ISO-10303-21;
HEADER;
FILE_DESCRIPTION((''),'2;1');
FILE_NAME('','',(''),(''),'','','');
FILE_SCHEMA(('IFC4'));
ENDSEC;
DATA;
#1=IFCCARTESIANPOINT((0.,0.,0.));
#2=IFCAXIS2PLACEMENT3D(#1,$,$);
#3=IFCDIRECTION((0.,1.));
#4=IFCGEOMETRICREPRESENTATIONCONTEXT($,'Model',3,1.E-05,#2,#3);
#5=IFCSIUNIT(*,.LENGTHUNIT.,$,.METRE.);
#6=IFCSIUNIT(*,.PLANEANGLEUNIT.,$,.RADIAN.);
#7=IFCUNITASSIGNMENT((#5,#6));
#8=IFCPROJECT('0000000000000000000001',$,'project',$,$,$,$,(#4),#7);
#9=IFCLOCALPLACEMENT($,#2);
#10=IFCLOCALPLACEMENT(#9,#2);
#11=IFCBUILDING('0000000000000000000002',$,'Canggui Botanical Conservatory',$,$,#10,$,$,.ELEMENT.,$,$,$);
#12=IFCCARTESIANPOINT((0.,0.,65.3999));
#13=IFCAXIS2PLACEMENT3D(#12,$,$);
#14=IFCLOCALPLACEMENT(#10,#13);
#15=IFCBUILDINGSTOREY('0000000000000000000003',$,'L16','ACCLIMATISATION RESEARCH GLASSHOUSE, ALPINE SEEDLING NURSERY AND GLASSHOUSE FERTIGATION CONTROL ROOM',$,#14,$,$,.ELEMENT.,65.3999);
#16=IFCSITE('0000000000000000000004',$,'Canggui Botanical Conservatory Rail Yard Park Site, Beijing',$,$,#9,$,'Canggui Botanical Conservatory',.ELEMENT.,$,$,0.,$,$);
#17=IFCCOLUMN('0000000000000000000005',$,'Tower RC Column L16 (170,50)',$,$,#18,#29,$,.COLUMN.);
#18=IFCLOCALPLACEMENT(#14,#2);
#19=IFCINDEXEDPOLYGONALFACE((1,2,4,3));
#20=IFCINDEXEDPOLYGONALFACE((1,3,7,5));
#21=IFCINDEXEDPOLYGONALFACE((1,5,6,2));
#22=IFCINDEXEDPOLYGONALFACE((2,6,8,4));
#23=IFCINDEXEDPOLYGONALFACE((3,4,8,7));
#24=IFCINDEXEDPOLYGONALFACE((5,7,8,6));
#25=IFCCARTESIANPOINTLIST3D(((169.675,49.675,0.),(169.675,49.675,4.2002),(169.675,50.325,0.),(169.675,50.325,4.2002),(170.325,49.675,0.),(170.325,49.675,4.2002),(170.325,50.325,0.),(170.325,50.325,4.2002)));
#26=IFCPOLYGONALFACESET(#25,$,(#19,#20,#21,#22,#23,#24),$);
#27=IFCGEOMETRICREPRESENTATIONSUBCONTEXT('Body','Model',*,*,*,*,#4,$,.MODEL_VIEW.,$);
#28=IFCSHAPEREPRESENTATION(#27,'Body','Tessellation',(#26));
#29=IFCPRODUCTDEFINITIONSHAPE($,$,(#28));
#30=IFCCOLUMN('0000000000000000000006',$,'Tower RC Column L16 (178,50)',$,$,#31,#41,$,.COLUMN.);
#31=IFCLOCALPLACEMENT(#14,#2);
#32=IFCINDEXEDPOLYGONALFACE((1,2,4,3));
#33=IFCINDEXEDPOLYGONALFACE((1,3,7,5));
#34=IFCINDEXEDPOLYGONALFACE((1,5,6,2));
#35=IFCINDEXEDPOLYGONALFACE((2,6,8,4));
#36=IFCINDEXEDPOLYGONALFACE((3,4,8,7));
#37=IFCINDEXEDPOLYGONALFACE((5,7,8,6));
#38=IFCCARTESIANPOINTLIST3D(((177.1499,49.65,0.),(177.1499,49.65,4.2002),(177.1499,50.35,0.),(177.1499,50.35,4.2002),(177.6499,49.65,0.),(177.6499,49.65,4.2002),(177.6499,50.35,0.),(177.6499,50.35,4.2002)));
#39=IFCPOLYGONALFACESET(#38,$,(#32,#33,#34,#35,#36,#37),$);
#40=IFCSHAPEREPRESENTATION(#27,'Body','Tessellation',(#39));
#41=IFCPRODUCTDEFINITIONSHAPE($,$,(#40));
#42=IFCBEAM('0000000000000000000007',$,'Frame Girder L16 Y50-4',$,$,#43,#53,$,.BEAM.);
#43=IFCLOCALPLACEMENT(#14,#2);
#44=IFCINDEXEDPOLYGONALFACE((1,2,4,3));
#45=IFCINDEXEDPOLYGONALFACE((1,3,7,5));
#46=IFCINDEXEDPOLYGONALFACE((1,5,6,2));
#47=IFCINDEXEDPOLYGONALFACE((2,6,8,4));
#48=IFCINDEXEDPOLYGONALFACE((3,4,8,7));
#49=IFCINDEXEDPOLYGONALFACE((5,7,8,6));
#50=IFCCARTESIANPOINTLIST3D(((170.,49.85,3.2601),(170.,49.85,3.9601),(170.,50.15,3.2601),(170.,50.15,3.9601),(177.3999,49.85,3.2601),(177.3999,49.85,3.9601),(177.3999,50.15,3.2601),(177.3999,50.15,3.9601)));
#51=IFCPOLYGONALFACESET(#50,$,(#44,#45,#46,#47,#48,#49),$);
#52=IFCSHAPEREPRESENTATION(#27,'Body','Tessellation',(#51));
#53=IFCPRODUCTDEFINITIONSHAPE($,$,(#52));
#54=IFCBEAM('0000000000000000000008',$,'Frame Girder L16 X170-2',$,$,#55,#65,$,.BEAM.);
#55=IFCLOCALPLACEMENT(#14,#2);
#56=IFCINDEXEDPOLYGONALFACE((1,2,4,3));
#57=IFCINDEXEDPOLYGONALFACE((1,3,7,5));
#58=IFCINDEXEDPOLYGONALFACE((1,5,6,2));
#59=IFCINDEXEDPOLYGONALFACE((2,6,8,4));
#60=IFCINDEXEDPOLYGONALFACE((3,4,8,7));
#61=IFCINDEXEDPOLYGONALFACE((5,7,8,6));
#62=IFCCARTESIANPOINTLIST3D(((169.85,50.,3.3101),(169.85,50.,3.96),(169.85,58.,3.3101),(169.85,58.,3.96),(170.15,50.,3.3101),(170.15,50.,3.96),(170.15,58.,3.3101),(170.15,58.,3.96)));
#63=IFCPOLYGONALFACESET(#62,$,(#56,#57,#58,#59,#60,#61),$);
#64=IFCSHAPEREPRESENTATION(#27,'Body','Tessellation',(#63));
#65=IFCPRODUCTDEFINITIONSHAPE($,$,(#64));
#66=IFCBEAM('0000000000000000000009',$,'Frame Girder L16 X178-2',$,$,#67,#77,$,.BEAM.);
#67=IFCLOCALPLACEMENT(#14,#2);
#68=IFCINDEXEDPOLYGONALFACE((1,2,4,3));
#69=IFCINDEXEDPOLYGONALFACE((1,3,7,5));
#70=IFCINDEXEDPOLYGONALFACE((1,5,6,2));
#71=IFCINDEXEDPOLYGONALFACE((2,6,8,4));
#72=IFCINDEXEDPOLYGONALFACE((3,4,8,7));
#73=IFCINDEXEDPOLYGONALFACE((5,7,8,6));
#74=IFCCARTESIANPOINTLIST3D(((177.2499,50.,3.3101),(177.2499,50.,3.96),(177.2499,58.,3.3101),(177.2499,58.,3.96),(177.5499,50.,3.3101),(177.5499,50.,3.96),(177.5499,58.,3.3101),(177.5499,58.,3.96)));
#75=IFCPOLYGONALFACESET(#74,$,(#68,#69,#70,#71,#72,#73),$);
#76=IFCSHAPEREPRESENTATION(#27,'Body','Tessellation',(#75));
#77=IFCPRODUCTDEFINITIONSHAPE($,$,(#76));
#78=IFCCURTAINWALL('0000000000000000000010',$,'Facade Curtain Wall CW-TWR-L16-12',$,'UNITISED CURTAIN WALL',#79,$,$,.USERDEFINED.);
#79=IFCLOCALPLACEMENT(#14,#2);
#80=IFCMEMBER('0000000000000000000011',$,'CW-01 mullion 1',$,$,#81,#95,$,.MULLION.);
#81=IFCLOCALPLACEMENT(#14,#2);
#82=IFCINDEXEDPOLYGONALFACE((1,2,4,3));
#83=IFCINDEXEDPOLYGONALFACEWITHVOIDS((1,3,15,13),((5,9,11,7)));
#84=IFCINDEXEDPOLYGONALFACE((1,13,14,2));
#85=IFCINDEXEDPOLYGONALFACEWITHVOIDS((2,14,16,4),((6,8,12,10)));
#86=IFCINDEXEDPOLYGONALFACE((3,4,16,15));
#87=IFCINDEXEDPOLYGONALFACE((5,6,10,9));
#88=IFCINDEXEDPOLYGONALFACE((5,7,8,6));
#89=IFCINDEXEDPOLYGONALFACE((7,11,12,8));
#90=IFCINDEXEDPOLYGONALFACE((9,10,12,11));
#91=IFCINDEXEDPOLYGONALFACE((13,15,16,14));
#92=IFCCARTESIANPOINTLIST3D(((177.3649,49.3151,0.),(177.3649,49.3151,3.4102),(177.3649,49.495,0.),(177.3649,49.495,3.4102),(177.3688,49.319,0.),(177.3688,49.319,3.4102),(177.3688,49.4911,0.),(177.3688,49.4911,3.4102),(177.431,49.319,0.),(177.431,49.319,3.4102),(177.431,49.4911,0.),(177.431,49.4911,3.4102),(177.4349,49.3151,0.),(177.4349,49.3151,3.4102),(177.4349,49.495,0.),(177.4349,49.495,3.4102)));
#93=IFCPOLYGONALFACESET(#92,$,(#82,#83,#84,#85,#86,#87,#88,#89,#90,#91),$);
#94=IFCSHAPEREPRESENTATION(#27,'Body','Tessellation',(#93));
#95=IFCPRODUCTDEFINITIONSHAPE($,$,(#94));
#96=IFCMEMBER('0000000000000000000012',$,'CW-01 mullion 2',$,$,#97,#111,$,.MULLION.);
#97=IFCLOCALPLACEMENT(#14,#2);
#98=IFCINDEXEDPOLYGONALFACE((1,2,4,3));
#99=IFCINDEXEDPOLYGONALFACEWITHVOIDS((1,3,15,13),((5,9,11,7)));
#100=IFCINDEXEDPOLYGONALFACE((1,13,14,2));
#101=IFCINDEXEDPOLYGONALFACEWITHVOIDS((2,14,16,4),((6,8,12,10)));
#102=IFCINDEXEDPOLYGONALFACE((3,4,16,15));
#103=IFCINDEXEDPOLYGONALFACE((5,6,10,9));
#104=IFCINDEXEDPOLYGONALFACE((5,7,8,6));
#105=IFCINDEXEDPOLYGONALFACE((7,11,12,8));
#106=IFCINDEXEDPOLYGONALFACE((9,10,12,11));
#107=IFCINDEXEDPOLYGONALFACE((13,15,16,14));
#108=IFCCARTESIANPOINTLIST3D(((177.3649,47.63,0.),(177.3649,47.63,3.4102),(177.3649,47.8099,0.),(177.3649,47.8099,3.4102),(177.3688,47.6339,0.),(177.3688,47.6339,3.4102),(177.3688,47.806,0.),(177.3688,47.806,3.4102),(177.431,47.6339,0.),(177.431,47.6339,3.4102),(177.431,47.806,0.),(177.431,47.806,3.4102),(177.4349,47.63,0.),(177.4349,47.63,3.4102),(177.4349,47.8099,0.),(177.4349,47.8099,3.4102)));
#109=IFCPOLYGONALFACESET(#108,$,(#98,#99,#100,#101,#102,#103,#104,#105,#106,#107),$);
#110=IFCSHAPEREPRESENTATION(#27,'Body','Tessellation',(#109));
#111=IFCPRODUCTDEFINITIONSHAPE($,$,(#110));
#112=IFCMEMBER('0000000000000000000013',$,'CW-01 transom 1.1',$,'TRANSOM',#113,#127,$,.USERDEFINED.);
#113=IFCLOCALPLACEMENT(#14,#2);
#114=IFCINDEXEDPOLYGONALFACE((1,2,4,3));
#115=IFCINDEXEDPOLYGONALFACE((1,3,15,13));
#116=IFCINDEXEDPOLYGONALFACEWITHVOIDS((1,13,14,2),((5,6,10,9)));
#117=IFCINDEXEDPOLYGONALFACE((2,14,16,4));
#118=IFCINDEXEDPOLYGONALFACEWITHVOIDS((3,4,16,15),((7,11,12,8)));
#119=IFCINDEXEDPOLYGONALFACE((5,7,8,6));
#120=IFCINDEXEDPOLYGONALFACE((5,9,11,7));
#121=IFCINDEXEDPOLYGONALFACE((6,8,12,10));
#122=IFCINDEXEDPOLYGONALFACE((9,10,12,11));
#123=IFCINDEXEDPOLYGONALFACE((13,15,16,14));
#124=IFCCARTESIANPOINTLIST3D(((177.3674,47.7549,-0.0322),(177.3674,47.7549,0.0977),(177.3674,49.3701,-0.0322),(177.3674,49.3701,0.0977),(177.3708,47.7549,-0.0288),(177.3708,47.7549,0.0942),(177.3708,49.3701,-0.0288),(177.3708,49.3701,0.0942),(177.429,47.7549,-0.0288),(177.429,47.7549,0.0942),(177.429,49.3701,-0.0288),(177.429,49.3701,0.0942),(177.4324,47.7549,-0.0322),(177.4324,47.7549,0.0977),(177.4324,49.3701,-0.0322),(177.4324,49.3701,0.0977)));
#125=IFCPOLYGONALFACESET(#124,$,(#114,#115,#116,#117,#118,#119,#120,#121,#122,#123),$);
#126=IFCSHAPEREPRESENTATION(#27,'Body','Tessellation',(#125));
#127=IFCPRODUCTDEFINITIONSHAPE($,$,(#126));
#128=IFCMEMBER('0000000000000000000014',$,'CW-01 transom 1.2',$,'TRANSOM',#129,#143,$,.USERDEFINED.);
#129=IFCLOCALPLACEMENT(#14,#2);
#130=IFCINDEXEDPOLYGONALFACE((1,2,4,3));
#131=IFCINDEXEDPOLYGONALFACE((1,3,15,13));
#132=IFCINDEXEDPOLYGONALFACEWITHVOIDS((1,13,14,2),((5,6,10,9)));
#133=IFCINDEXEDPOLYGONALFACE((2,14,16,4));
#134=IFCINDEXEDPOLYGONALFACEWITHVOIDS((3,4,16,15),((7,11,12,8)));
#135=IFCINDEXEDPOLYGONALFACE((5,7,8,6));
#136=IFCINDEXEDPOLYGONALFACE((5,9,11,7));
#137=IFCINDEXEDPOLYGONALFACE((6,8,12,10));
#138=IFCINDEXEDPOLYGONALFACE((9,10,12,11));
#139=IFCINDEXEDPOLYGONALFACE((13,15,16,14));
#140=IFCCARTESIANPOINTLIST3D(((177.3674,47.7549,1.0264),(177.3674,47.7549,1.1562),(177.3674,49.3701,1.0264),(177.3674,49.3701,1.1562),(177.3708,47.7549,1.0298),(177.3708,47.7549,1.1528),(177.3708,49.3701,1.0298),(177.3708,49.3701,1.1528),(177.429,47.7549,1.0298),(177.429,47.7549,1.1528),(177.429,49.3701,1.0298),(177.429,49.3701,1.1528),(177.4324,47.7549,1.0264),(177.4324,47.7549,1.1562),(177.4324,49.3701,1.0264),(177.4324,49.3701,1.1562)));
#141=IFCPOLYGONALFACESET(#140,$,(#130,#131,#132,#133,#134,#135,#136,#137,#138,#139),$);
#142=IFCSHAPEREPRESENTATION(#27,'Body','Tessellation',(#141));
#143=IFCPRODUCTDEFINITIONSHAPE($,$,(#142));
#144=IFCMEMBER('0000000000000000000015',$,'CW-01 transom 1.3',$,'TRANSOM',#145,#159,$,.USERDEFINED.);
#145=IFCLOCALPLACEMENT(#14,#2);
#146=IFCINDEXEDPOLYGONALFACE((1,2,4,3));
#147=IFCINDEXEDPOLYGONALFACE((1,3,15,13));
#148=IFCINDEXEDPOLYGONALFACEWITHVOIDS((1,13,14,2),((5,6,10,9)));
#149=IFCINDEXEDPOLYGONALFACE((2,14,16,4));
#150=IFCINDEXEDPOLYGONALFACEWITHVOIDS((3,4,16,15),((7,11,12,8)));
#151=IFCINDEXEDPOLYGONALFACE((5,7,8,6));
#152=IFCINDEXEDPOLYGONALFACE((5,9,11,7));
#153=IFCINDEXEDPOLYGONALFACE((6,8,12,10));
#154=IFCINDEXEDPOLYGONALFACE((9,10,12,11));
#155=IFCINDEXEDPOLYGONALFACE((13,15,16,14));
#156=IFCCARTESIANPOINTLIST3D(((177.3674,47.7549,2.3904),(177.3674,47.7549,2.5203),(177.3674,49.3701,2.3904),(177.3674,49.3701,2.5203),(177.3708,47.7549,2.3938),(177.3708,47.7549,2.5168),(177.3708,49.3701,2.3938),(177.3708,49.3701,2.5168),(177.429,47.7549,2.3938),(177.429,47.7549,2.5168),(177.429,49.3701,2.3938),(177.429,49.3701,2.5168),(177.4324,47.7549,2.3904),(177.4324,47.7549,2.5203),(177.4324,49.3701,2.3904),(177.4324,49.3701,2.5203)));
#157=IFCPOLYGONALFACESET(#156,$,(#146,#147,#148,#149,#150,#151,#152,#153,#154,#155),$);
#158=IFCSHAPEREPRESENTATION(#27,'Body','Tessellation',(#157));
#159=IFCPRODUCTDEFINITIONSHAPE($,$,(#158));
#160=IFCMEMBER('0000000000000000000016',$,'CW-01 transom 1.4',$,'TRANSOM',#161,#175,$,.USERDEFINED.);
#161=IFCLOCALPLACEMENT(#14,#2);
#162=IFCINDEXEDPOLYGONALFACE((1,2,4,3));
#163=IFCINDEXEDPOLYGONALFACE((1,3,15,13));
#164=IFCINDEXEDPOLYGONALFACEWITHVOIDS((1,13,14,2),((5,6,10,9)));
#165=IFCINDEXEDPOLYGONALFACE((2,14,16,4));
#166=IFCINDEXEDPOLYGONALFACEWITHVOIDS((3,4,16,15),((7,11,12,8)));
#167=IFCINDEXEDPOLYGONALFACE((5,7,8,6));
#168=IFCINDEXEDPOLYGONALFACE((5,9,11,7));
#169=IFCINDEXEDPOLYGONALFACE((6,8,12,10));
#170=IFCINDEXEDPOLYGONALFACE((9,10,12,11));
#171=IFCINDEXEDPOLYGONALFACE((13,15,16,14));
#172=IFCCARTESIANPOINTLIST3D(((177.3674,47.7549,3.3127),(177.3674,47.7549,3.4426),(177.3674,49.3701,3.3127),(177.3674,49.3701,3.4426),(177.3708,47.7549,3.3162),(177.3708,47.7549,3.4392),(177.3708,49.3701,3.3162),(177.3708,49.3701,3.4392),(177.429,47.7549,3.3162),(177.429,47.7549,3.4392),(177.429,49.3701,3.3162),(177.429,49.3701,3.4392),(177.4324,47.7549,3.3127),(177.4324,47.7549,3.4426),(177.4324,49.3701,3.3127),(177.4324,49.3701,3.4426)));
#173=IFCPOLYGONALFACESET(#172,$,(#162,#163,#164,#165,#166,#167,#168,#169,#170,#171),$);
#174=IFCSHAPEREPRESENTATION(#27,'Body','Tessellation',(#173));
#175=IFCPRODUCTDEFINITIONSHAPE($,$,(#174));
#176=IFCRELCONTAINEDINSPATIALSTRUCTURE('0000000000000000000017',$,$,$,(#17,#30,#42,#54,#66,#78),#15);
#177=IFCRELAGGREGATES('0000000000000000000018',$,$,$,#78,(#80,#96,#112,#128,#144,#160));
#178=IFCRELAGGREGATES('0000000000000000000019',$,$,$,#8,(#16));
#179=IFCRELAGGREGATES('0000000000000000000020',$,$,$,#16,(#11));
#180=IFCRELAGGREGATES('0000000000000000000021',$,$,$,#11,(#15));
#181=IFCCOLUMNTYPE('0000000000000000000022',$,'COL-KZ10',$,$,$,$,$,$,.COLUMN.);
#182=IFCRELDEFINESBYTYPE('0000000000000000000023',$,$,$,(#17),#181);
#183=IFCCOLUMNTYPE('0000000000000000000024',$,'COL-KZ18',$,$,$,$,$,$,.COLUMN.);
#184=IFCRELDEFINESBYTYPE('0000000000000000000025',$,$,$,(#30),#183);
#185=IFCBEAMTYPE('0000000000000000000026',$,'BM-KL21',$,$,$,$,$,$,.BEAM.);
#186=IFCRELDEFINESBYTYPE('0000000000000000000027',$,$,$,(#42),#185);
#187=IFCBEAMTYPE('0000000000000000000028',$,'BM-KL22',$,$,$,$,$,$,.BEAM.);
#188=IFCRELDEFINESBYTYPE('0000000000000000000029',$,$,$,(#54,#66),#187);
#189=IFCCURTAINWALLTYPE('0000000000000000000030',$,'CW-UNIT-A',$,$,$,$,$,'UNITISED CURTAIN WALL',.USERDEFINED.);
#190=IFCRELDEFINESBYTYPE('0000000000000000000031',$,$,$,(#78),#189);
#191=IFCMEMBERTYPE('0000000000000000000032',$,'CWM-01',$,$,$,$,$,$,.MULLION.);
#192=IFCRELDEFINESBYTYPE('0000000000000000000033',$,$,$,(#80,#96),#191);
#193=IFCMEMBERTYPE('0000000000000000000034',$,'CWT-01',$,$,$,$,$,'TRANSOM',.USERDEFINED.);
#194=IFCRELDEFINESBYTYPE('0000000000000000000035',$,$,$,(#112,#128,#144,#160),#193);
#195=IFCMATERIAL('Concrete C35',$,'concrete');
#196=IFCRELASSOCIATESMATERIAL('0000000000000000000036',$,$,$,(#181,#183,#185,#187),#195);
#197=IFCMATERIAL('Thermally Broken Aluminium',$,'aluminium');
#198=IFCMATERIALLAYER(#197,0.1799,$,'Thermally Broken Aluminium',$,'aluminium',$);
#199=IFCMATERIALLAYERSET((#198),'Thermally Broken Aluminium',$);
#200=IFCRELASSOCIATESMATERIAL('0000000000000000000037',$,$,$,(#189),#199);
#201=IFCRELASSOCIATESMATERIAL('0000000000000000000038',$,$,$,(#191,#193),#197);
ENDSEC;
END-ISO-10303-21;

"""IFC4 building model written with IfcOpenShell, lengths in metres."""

from ifc_helpers import new_model, si_unit, direction, frame, origin, origin_2d, place, context, subcontext, project, spatial, rectangle, hollow_rectangle, extrude, material, layer, layer_set, material_profile, profile_set, type_object, element, aggregate, save


model = new_model("IFC4")

# Units and contexts
model_context = context("Model", 3, precision=1e-05, world=origin(), true_north=direction((0.0, 1.0)))
body_context = subcontext(model_context, "Body", "Model", "MODEL_VIEW")
ifc_project = project(units=[si_unit("LENGTHUNIT", "METRE"), si_unit("PLANEANGLEUNIT", "RADIAN")], contexts=[model_context])

# Site, building, storey
site_placement = place(None, origin())
site = spatial("IfcSite", under=ifc_project, at=site_placement, Name="Canggui Botanical Conservatory Rail Yard Park Site, Beijing", LongName="Canggui Botanical Conservatory", CompositionType="ELEMENT", RefElevation=0.0)
building_placement = place(site_placement, origin())
building = spatial("IfcBuilding", under=site, at=building_placement, Name="Canggui Botanical Conservatory", CompositionType="ELEMENT")
storey_placement = place(building_placement, frame((0.0, 0.0, 65.3999)))
storey = spatial("IfcBuildingStorey", under=building, at=storey_placement, Name="L16", Description="ACCLIMATISATION RESEARCH GLASSHOUSE, ALPINE SEEDLING NURSERY AND GLASSHOUSE FERTIGATION CONTROL ROOM", CompositionType="ELEMENT", Elevation=65.3999)

# Columns
ifc_material_1 = material(Name="Concrete C35", Category="concrete")
ifc_material_profile_1 = material_profile(ifc_material_1, rectangle(XDim=0.6499, YDim=0.6499, at=origin_2d()), Name="RC 650x650")
ifc_profile_set_1 = profile_set([ifc_material_profile_1], Name="Concrete C35")
column_type_1 = type_object("IfcColumnType", Name="COL-KZ10", PredefinedType="COLUMN", material=ifc_profile_set_1)
column_1_placement = place(storey_placement, frame((170.0, 50.0, 0.0), z_axis=(0.0, 0.0, 1.0), x_axis=(1.0, 0.0, 0.0)))
element("IfcColumn", 1, at=column_1_placement, inside=storey, type_object=column_type_1, Name="Tower RC Column L16 (170,50)", PredefinedType="COLUMN", context=body_context, shape_type="SweptSolid", body=[
    extrude(rectangle(XDim=0.6499, YDim=0.6499, at=origin_2d()), origin(), (0.0, 0.0, 1.0), 4.2002),
])
ifc_material_profile_2 = material_profile(ifc_material_1, rectangle(XDim=0.5, YDim=0.7, at=origin_2d()), Name="RC 500x700")
ifc_profile_set_2 = profile_set([ifc_material_profile_2], Name="Concrete C35")
column_type_2 = type_object("IfcColumnType", Name="COL-KZ18", PredefinedType="COLUMN", material=ifc_profile_set_2)
column_2_placement = place(storey_placement, frame((177.3999, 50.0, 0.0), z_axis=(0.0, 0.0, 1.0), x_axis=(1.0, 0.0, 0.0)))
element("IfcColumn", 2, at=column_2_placement, inside=storey, type_object=column_type_2, Name="Tower RC Column L16 (178,50)", PredefinedType="COLUMN", context=body_context, shape_type="SweptSolid", body=[
    extrude(rectangle(XDim=0.5, YDim=0.7, at=origin_2d()), origin(), (0.0, 0.0, 1.0), 4.2002),
])

# Beams
ifc_material_profile_3 = material_profile(ifc_material_1, rectangle(XDim=0.3, YDim=0.7, at=origin_2d()), Name="RB 300x700")
ifc_profile_set_3 = profile_set([ifc_material_profile_3], Name="Concrete C35")
beam_type_1 = type_object("IfcBeamType", Name="BM-KL21", PredefinedType="BEAM", material=ifc_profile_set_3)
beam_placement = place(storey_placement, frame((170.0, 50.0, 3.6101), z_axis=(1.0, 0.0, 0.0), x_axis=(0.0, 1.0, 0.0)))
element("IfcBeam", 3, at=beam_placement, inside=storey, type_object=beam_type_1, Name="Frame Girder L16 Y50-4", PredefinedType="BEAM", context=body_context, shape_type="SweptSolid", body=[
    extrude(rectangle(XDim=0.3, YDim=0.7, at=origin_2d()), origin(), (0.0, 0.0, 1.0), 7.3999),
])
ifc_material_profile_4 = material_profile(ifc_material_1, rectangle(XDim=0.3, YDim=0.6499, at=origin_2d()), Name="RB 300x650")
ifc_profile_set_4 = profile_set([ifc_material_profile_4], Name="Concrete C35")
beam_type_2 = type_object("IfcBeamType", Name="BM-KL22", PredefinedType="BEAM", material=ifc_profile_set_4)
for number, where, z_axis, x_axis, name in (
    (4, (170.0, 50.0, 3.635), (0.0, 1.0, 0.0), (-1.0, 0.0, 0.0), "Frame Girder L16 X170-2"),
    (5, (177.3999, 50.0, 3.635), (0.0, 1.0, 0.0), (-1.0, 0.0, 0.0), "Frame Girder L16 X178-2"),
):
    element("IfcBeam", number, at=place(storey_placement, frame(where, z_axis=z_axis, x_axis=x_axis)), inside=storey, type_object=beam_type_2, Name=name, PredefinedType="BEAM", context=body_context, shape_type="SweptSolid", body=[
        extrude(rectangle(XDim=0.3, YDim=0.6499, at=origin_2d()), origin(), (0.0, 0.0, 1.0), 8.0),
    ])

# Curtain wall, members
ifc_material_2 = material(Name="Thermally Broken Aluminium", Category="aluminium")
ifc_layer_1 = layer(ifc_material_2, 0.1799, Name="Thermally Broken Aluminium", Category="aluminium")
ifc_layer_set_1 = layer_set([ifc_layer_1], Name="Thermally Broken Aluminium")
curtain_wall_type = type_object("IfcCurtainWallType", Name="CW-UNIT-A", ElementType="UNITISED CURTAIN WALL", PredefinedType="USERDEFINED", material=ifc_layer_set_1)
curtain_wall_placement = place(storey_placement, origin())
curtain_wall = element("IfcCurtainWall", 6, at=curtain_wall_placement, inside=storey, type_object=curtain_wall_type, Name="Facade Curtain Wall CW-TWR-L16-12", ObjectType="UNITISED CURTAIN WALL", PredefinedType="USERDEFINED")
ifc_material_profile_5 = material_profile(ifc_material_2, hollow_rectangle(XDim=0.0701, YDim=0.1799, WallThickness=0.0039, at=origin_2d()), Name="CWM 70x180x4")
ifc_profile_set_5 = profile_set([ifc_material_profile_5], Name="Thermally Broken Aluminium")
member_type_1 = type_object("IfcMemberType", Name="CWM-01", PredefinedType="MULLION", material=ifc_profile_set_5)
member_1_placement = place(storey_placement, frame((177.3999, 49.405, 0.0), z_axis=(0.0, 0.0, 1.0), x_axis=(1.0, 0.0, 0.0)))
member_1 = element("IfcMember", 7, at=member_1_placement, type_object=member_type_1, Name="CW-01 mullion 1", PredefinedType="MULLION", context=body_context, shape_type="SweptSolid", body=[
    extrude(hollow_rectangle(XDim=0.0701, YDim=0.1799, WallThickness=0.0039, at=origin_2d()), origin(), (0.0, 0.0, 1.0), 3.4102),
])
member_2_placement = place(storey_placement, frame((177.3999, 47.72, 0.0), z_axis=(0.0, 0.0, 1.0), x_axis=(1.0, 0.0, 0.0)))
member_2 = element("IfcMember", 8, at=member_2_placement, type_object=member_type_1, Name="CW-01 mullion 2", PredefinedType="MULLION", context=body_context, shape_type="SweptSolid", body=[
    extrude(hollow_rectangle(XDim=0.0701, YDim=0.1799, WallThickness=0.0039, at=origin_2d()), origin(), (0.0, 0.0, 1.0), 3.4102),
])
ifc_material_profile_6 = material_profile(ifc_material_2, hollow_rectangle(XDim=0.0649, YDim=0.1299, WallThickness=0.0034, at=origin_2d()), Name="CWT 65x130x3.5")
ifc_profile_set_6 = profile_set([ifc_material_profile_6], Name="Thermally Broken Aluminium")
member_type_2 = type_object("IfcMemberType", Name="CWT-01", ElementType="TRANSOM", PredefinedType="USERDEFINED", material=ifc_profile_set_6)
member_3_placement = place(storey_placement, frame((177.3999, 49.3701, 0.0327), z_axis=(0.0, -1.0, 0.0), x_axis=(1.0, 0.0, 0.0)))
member_3 = element("IfcMember", 9, at=member_3_placement, type_object=member_type_2, Name="CW-01 transom 1.1", ObjectType="TRANSOM", PredefinedType="USERDEFINED", context=body_context, shape_type="SweptSolid", body=[
    extrude(hollow_rectangle(XDim=0.0649, YDim=0.1299, WallThickness=0.0034, at=origin_2d()), origin(), (0.0, 0.0, 1.0), 1.6152),
])
member_4_placement = place(storey_placement, frame((177.3999, 49.3701, 1.0913), z_axis=(0.0, -1.0, 0.0), x_axis=(1.0, 0.0, 0.0)))
member_4 = element("IfcMember", 10, at=member_4_placement, type_object=member_type_2, Name="CW-01 transom 1.2", ObjectType="TRANSOM", PredefinedType="USERDEFINED", context=body_context, shape_type="SweptSolid", body=[
    extrude(hollow_rectangle(XDim=0.0649, YDim=0.1299, WallThickness=0.0034, at=origin_2d()), origin(), (0.0, 0.0, 1.0), 1.6152),
])
member_5_placement = place(storey_placement, frame((177.3999, 49.3701, 2.4553), z_axis=(0.0, -1.0, 0.0), x_axis=(1.0, 0.0, 0.0)))
member_5 = element("IfcMember", 11, at=member_5_placement, type_object=member_type_2, Name="CW-01 transom 1.3", ObjectType="TRANSOM", PredefinedType="USERDEFINED", context=body_context, shape_type="SweptSolid", body=[
    extrude(hollow_rectangle(XDim=0.0649, YDim=0.1299, WallThickness=0.0034, at=origin_2d()), origin(), (0.0, 0.0, 1.0), 1.6152),
])
member_6_placement = place(storey_placement, frame((177.3999, 49.3701, 3.3777), z_axis=(0.0, -1.0, 0.0), x_axis=(1.0, 0.0, 0.0)))
member_6 = element("IfcMember", 12, at=member_6_placement, type_object=member_type_2, Name="CW-01 transom 1.4", ObjectType="TRANSOM", PredefinedType="USERDEFINED", context=body_context, shape_type="SweptSolid", body=[
    extrude(hollow_rectangle(XDim=0.0649, YDim=0.1299, WallThickness=0.0034, at=origin_2d()), origin(), (0.0, 0.0, 1.0), 1.6152),
])
aggregate(curtain_wall, [member_1, member_2, member_3, member_4, member_5, member_6])

save(model, "model.ifc")
